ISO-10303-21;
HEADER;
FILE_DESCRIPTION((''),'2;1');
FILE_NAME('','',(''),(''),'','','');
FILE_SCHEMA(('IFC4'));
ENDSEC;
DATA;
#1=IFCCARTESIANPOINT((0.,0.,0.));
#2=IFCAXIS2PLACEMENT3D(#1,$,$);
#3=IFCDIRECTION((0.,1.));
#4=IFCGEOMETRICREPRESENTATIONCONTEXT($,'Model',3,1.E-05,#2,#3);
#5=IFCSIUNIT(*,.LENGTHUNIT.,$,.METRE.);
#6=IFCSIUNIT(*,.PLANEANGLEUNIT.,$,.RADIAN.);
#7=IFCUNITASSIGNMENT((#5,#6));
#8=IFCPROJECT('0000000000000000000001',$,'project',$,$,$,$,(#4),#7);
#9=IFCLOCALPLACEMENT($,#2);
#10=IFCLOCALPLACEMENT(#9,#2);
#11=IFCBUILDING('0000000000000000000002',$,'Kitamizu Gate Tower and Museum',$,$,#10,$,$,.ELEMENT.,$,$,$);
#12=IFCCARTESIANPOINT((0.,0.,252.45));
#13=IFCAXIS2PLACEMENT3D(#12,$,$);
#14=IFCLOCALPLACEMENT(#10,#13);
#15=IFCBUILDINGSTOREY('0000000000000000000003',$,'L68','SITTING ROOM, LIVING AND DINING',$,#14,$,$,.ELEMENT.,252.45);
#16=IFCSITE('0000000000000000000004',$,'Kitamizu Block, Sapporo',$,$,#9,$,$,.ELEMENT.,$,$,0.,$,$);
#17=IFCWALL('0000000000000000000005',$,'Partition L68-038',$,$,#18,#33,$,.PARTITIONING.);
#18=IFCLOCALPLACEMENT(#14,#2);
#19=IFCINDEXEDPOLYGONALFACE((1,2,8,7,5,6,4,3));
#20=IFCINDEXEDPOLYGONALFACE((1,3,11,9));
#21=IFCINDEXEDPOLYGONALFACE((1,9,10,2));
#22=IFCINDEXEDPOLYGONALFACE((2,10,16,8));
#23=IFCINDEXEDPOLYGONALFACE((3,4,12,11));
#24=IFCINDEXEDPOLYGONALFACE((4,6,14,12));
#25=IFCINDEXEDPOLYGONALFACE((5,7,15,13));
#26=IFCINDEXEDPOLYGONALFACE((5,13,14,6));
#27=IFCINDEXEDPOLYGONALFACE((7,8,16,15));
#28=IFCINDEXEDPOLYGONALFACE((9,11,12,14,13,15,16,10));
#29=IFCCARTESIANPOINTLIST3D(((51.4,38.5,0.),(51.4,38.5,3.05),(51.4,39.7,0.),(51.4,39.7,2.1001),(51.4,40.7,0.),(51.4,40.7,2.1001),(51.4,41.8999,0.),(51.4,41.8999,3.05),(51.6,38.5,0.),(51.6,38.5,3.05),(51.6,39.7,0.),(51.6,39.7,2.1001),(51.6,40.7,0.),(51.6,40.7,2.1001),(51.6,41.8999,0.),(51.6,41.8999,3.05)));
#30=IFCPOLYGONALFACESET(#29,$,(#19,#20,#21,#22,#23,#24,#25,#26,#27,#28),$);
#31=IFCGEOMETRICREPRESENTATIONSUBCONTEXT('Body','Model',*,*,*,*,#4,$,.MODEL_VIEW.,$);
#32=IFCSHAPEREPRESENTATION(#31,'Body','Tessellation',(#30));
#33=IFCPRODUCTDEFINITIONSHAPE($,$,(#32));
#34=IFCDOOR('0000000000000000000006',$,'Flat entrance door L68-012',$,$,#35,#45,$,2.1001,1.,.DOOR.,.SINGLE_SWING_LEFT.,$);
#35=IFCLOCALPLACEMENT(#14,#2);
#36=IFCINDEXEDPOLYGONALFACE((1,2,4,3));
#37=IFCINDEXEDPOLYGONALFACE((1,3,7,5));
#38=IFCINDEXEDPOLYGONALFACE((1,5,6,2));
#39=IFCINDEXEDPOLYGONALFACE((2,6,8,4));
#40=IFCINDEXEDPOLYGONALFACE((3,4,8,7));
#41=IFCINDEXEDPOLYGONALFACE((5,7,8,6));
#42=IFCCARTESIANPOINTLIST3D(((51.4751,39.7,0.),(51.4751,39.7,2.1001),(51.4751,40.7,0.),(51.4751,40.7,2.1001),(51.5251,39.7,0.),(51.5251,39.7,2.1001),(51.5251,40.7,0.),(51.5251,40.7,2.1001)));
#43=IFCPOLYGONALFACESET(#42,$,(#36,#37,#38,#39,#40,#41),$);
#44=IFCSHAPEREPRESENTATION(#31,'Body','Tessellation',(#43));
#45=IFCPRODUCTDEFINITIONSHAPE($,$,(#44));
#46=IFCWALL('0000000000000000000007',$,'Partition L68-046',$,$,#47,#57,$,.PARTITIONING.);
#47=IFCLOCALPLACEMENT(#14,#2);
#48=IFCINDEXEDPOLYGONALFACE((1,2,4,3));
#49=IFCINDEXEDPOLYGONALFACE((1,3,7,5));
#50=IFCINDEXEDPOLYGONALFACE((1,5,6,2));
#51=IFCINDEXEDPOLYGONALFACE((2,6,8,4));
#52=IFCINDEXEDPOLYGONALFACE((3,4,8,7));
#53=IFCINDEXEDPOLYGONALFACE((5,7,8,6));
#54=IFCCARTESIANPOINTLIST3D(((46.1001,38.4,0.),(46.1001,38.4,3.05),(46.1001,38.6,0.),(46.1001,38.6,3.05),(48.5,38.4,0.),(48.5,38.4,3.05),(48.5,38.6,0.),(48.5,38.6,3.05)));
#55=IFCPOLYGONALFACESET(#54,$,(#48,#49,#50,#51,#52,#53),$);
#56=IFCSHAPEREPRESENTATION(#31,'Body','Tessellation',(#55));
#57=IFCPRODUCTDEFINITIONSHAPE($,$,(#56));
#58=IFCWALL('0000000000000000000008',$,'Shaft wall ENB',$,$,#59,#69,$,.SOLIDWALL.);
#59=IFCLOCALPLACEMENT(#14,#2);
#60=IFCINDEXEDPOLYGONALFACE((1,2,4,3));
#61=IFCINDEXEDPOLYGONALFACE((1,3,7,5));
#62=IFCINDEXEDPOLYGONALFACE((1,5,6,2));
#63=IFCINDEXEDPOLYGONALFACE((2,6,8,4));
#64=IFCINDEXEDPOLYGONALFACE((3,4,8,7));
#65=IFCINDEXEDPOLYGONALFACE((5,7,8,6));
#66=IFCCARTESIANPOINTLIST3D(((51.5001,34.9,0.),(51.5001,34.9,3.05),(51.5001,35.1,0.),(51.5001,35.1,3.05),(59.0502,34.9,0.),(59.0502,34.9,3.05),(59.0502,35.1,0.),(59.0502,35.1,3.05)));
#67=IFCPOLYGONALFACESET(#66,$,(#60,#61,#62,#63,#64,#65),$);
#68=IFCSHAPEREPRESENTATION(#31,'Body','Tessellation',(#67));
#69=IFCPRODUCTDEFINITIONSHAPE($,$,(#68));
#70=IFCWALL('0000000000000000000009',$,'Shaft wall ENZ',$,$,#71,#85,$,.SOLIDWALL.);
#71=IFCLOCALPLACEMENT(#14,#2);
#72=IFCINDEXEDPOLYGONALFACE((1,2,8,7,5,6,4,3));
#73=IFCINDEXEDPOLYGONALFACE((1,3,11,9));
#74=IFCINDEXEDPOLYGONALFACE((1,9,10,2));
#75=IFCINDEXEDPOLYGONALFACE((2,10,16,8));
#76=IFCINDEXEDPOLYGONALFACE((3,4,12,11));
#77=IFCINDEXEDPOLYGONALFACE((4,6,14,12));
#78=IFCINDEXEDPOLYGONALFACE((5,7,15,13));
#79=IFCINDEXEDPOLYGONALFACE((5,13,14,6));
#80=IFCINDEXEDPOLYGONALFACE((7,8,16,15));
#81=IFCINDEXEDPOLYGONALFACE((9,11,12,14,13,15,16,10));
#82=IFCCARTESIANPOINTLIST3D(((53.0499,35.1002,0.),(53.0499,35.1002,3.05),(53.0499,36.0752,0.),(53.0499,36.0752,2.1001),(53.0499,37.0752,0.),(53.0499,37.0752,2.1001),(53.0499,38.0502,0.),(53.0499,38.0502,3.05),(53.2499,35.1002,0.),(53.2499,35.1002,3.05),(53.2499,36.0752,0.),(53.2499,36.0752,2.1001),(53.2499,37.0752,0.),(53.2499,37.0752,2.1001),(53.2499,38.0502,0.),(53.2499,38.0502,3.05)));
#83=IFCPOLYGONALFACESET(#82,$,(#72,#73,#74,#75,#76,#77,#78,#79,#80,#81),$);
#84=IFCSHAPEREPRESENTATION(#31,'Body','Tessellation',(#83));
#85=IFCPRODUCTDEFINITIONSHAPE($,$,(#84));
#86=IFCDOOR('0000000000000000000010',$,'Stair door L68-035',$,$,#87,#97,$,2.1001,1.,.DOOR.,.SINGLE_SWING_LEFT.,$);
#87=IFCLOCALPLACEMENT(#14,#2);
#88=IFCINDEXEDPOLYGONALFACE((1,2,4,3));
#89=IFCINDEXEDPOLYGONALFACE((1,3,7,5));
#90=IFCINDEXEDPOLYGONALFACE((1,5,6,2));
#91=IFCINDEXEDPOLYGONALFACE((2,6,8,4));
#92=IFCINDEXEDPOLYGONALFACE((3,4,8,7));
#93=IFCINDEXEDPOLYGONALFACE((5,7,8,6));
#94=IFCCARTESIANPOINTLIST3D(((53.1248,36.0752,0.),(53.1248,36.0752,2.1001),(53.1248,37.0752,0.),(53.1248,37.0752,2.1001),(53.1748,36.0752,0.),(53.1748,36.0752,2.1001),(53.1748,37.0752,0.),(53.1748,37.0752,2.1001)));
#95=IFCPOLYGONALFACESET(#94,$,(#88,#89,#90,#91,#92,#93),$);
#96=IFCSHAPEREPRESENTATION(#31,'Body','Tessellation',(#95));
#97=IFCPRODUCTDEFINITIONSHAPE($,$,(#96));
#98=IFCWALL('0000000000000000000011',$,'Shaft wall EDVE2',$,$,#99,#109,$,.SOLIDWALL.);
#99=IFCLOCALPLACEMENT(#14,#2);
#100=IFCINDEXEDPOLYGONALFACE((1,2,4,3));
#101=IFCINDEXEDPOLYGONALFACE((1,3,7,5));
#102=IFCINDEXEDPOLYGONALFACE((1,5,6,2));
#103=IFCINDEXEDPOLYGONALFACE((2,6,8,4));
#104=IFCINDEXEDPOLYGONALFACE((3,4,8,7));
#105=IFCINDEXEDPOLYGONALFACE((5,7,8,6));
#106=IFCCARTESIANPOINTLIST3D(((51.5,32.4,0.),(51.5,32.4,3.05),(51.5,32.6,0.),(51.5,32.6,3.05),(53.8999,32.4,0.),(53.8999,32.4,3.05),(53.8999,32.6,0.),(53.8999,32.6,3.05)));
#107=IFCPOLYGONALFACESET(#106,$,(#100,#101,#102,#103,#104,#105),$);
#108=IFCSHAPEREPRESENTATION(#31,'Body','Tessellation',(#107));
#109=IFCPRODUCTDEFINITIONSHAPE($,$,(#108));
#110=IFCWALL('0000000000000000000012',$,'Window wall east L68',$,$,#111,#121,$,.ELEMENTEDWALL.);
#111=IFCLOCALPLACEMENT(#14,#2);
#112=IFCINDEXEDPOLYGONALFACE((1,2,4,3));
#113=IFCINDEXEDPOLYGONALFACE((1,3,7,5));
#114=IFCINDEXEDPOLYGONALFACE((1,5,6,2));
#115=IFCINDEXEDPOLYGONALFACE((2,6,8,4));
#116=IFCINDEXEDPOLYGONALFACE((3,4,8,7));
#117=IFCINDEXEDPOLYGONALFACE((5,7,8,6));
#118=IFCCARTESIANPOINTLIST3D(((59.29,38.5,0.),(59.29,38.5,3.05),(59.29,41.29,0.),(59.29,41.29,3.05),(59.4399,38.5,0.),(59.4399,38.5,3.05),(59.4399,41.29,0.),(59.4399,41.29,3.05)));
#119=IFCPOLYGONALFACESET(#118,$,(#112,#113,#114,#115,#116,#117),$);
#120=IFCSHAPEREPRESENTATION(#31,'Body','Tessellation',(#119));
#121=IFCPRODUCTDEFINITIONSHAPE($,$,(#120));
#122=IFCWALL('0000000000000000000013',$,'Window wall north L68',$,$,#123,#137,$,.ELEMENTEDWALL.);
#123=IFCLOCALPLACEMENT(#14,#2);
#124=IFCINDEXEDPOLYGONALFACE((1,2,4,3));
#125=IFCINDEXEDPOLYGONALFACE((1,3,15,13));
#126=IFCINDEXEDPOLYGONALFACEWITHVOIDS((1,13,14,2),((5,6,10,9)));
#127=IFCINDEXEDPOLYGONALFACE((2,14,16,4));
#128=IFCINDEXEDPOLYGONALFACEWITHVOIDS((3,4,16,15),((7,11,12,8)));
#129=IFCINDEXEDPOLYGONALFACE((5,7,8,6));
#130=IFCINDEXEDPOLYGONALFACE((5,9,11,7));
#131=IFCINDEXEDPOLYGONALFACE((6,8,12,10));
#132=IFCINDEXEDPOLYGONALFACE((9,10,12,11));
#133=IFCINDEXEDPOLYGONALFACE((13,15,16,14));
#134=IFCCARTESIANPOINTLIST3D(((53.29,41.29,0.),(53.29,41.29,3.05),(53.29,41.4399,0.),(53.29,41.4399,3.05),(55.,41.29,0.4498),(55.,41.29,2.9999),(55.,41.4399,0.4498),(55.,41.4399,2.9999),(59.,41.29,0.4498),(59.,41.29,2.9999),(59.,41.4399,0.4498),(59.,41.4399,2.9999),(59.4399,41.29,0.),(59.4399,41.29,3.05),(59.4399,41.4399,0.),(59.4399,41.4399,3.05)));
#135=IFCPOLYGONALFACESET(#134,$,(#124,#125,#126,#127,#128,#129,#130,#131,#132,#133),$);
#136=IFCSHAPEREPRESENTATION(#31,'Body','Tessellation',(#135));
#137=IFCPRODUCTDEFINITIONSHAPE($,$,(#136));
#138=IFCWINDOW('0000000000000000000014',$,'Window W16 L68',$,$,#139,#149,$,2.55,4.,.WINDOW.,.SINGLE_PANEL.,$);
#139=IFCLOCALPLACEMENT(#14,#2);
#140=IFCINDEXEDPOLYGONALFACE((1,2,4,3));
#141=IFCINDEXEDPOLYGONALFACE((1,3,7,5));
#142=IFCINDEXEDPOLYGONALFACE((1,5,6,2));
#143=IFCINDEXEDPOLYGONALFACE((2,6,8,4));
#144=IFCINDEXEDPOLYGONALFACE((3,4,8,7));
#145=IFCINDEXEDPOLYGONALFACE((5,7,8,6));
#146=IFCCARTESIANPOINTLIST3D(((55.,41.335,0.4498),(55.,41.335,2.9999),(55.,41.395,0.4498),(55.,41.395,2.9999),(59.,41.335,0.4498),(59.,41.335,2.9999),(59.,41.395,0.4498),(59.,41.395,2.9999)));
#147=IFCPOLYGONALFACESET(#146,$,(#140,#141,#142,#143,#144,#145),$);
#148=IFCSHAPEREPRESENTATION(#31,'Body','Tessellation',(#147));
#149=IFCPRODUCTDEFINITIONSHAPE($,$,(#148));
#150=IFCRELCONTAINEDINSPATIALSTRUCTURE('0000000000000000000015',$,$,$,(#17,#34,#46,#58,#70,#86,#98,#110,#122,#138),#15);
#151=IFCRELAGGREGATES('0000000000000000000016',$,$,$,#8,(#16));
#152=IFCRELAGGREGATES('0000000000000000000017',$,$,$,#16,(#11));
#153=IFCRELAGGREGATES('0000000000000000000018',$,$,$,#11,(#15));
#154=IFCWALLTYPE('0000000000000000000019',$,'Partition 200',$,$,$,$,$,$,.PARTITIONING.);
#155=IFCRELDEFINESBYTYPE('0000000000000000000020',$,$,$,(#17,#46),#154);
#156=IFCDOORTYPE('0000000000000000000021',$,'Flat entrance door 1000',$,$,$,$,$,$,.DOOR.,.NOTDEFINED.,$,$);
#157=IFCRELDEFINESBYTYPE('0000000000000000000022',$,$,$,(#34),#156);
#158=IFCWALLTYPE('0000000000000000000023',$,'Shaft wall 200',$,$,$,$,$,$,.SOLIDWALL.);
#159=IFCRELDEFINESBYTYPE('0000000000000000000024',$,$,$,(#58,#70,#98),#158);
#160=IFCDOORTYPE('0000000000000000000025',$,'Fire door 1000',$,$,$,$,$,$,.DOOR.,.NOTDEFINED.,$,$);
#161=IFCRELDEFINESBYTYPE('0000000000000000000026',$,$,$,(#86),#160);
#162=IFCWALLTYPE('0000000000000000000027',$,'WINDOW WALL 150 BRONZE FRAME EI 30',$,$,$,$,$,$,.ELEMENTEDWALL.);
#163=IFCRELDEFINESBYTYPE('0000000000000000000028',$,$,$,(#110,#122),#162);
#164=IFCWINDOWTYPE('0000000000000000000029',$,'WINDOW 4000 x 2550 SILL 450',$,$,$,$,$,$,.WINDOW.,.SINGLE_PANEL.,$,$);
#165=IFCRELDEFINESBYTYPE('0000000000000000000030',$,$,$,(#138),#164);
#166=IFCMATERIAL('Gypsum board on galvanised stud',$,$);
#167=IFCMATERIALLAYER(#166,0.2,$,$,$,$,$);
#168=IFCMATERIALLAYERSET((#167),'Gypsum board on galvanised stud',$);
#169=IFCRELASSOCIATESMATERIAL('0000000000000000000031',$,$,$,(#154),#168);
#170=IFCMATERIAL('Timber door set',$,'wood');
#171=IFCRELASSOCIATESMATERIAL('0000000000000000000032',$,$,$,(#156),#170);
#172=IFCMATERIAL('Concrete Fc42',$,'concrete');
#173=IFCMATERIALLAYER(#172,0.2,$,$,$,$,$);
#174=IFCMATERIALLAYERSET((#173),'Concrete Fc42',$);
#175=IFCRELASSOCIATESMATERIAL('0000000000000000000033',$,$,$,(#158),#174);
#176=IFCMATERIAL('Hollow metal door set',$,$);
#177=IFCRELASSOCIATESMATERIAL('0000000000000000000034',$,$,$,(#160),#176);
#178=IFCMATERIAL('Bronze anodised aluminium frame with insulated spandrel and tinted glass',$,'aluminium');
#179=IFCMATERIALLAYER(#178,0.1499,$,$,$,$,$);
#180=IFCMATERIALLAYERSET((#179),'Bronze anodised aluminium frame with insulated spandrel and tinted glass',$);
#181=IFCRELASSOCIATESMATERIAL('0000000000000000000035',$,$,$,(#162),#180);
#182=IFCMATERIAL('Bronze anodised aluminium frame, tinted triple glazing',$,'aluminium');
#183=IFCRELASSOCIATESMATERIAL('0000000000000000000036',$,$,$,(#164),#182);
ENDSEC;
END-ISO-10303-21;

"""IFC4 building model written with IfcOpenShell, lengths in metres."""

from ifc_helpers import new_model, si_unit, direction, frame, frame_2d, origin, place, context, subcontext, project, spatial, rectangle, extrude, material, layer, layer_set, type_object, element, fill, save


model = new_model("IFC4")

# Units and contexts
model_context = context("Model", 3, precision=1e-05, world=origin(), true_north=direction((0.0, 1.0)))
body_context = subcontext(model_context, "Body", "Model", "MODEL_VIEW")
ifc_project = project(units=[si_unit("LENGTHUNIT", "METRE"), si_unit("PLANEANGLEUNIT", "RADIAN")], contexts=[model_context])

# Site, building, storey
site_placement = place(None, origin())
site = spatial("IfcSite", under=ifc_project, at=site_placement, Name="Kitamizu Block, Sapporo", CompositionType="ELEMENT", RefElevation=0.0)
building_placement = place(site_placement, origin())
building = spatial("IfcBuilding", under=site, at=building_placement, Name="Kitamizu Gate Tower and Museum", CompositionType="ELEMENT")
storey_placement = place(building_placement, frame((0.0, 0.0, 252.45)))
storey = spatial("IfcBuildingStorey", under=building, at=storey_placement, Name="L68", Description="SITTING ROOM, LIVING AND DINING", CompositionType="ELEMENT", Elevation=252.45)

# Shared definitions
ifc_material_1 = material(Name="Gypsum board on galvanised stud")
ifc_layer_1 = layer(ifc_material_1, 0.2)
ifc_layer_set_1 = layer_set([ifc_layer_1], Name="Gypsum board on galvanised stud")
wall_type_1 = type_object("IfcWallType", Name="Partition 200", PredefinedType="PARTITIONING", material=ifc_layer_set_1)

# Wall, opening, door
wall_1_placement = place(storey_placement, frame((51.5, 41.8999, 0.0), z_axis=(0.0, 0.0, 1.0), x_axis=(0.0, -1.0, 0.0)))
wall_1 = element("IfcWall", 1, at=wall_1_placement, inside=storey, type_object=wall_type_1, Name="Partition L68-038", PredefinedType="PARTITIONING", context=body_context, shape_type="SweptSolid", body=[
    extrude(rectangle(XDim=3.3999, YDim=0.2, at=frame_2d((1.7, 0.0))), origin(), (0.0, 0.0, 1.0), 3.05),
])
opening_1_placement = place(wall_1_placement, frame((1.2, 0.0, 0.0)))
opening_1 = element("IfcOpeningElement", 2, at=opening_1_placement, cuts=wall_1, PredefinedType="OPENING", context=body_context, shape_type="SweptSolid", body=[
    extrude(rectangle(XDim=1.0, YDim=2.1001, at=frame_2d((0.5, 1.05))), frame((0.0, 0.1099, 0.0), z_axis=(0.0, -1.0, 0.0), x_axis=(1.0, 0.0, 0.0)), (0.0, 0.0, 1.0), 0.22),
])
ifc_material_2 = material(Name="Timber door set", Category="wood")
door_type_1 = type_object("IfcDoorType", Name="Flat entrance door 1000", OperationType="NOTDEFINED", PredefinedType="DOOR", material=ifc_material_2)
door_1_placement = place(opening_1_placement, frame((1.0, 0.0, 0.0), x_axis=(-1.0, 0.0, 0.0)))
door_1 = element("IfcDoor", 3, at=door_1_placement, inside=storey, type_object=door_type_1, Name="Flat entrance door L68-012", OperationType="SINGLE_SWING_LEFT", OverallHeight=2.1001, OverallWidth=1.0, PredefinedType="DOOR", context=body_context, shape_type="SweptSolid", body=[
    extrude(rectangle(XDim=1.0, YDim=2.1001, at=frame_2d((0.5, 1.05))), frame((0.0, 0.0249, 0.0), z_axis=(0.0, -1.0, 0.0), x_axis=(1.0, 0.0, 0.0)), (0.0, 0.0, 1.0), 0.05),
])
fill(opening_1, door_1)

# Walls
wall_2_placement = place(storey_placement, frame((48.5, 38.5, 0.0), z_axis=(0.0, 0.0, 1.0), x_axis=(-1.0, 0.0, 0.0)))
element("IfcWall", 4, at=wall_2_placement, inside=storey, type_object=wall_type_1, Name="Partition L68-046", PredefinedType="PARTITIONING", context=body_context, shape_type="SweptSolid", body=[
    extrude(rectangle(XDim=2.3999, YDim=0.2, at=frame_2d((1.2, 0.0))), origin(), (0.0, 0.0, 1.0), 3.05),
])
ifc_material_3 = material(Name="Concrete Fc42", Category="concrete")
ifc_layer_2 = layer(ifc_material_3, 0.2)
ifc_layer_set_2 = layer_set([ifc_layer_2], Name="Concrete Fc42")
wall_type_2 = type_object("IfcWallType", Name="Shaft wall 200", PredefinedType="SOLIDWALL", material=ifc_layer_set_2)
wall_3_placement = place(storey_placement, frame((59.05, 35.0, 0.0), z_axis=(0.0, 0.0, 1.0), x_axis=(-1.0, 0.0, 0.0)))
element("IfcWall", 5, at=wall_3_placement, inside=storey, type_object=wall_type_2, Name="Shaft wall ENB", PredefinedType="SOLIDWALL", context=body_context, shape_type="SweptSolid", body=[
    extrude(rectangle(XDim=7.55, YDim=0.2, at=frame_2d((3.7749, 0.0))), origin(), (0.0, 0.0, 1.0), 3.05),
])

# Wall, opening, door
wall_4_placement = place(storey_placement, frame((53.1499, 35.1001, 0.0), z_axis=(0.0, 0.0, 1.0), x_axis=(0.0, 1.0, 0.0)))
wall_4 = element("IfcWall", 6, at=wall_4_placement, inside=storey, type_object=wall_type_2, Name="Shaft wall ENZ", PredefinedType="SOLIDWALL", context=body_context, shape_type="SweptSolid", body=[
    extrude(rectangle(XDim=2.95, YDim=0.2, at=frame_2d((1.4751, 0.0))), origin(), (0.0, 0.0, 1.0), 3.05),
])
opening_2_placement = place(wall_4_placement, frame((0.9751, 0.0, 0.0)))
opening_2 = element("IfcOpeningElement", 7, at=opening_2_placement, cuts=wall_4, PredefinedType="OPENING", context=body_context, shape_type="SweptSolid", body=[
    extrude(rectangle(XDim=1.0, YDim=2.1001, at=frame_2d((0.5, 1.05))), frame((0.0, 0.1099, 0.0), z_axis=(0.0, -1.0, 0.0), x_axis=(1.0, 0.0, 0.0)), (0.0, 0.0, 1.0), 0.22),
])
ifc_material_4 = material(Name="Hollow metal door set")
door_type_2 = type_object("IfcDoorType", Name="Fire door 1000", OperationType="NOTDEFINED", PredefinedType="DOOR", material=ifc_material_4)
door_2_placement = place(opening_2_placement, frame((1.0, 0.0, 0.0), x_axis=(-1.0, 0.0, 0.0)))
door_2 = element("IfcDoor", 8, at=door_2_placement, inside=storey, type_object=door_type_2, Name="Stair door L68-035", OperationType="SINGLE_SWING_LEFT", OverallHeight=2.1001, OverallWidth=1.0, PredefinedType="DOOR", context=body_context, shape_type="SweptSolid", body=[
    extrude(rectangle(XDim=1.0, YDim=2.1001, at=frame_2d((0.5, 1.05))), frame((0.0, 0.0249, 0.0), z_axis=(0.0, -1.0, 0.0), x_axis=(1.0, 0.0, 0.0)), (0.0, 0.0, 1.0), 0.05),
])
fill(opening_2, door_2)

# Walls
wall_5_placement = place(storey_placement, frame((53.8999, 32.5, 0.0), z_axis=(0.0, 0.0, 1.0), x_axis=(-1.0, 0.0, 0.0)))
element("IfcWall", 9, at=wall_5_placement, inside=storey, type_object=wall_type_2, Name="Shaft wall EDVE2", PredefinedType="SOLIDWALL", context=body_context, shape_type="SweptSolid", body=[
    extrude(rectangle(XDim=2.3999, YDim=0.2, at=frame_2d((1.2, 0.0))), origin(), (0.0, 0.0, 1.0), 3.05),
])
ifc_material_5 = material(Name="Bronze anodised aluminium frame with insulated spandrel and tinted glass", Category="aluminium")
ifc_layer_3 = layer(ifc_material_5, 0.1499)
ifc_layer_set_3 = layer_set([ifc_layer_3], Name="Bronze anodised aluminium frame with insulated spandrel and tinted glass")
wall_type_3 = type_object("IfcWallType", Name="WINDOW WALL 150 BRONZE FRAME EI 30", PredefinedType="ELEMENTEDWALL", material=ifc_layer_set_3)
wall_6_placement = place(storey_placement, frame((59.365, 38.5, 0.0), z_axis=(0.0, 0.0, 1.0), x_axis=(0.0, 1.0, 0.0)))
element("IfcWall", 10, at=wall_6_placement, inside=storey, type_object=wall_type_3, Name="Window wall east L68", PredefinedType="ELEMENTEDWALL", context=body_context, shape_type="SweptSolid", body=[
    extrude(rectangle(XDim=2.79, YDim=0.1499, at=frame_2d((1.395, 0.0))), origin(), (0.0, 0.0, 1.0), 3.05),
])

# Wall, opening, window
wall_7_placement = place(storey_placement, frame((53.29, 41.365, 0.0), z_axis=(0.0, 0.0, 1.0), x_axis=(1.0, 0.0, 0.0)))
wall_7 = element("IfcWall", 11, at=wall_7_placement, inside=storey, type_object=wall_type_3, Name="Window wall north L68", PredefinedType="ELEMENTEDWALL", context=body_context, shape_type="SweptSolid", body=[
    extrude(rectangle(XDim=6.1499, YDim=0.1499, at=frame_2d((3.075, 0.0))), origin(), (0.0, 0.0, 1.0), 3.05),
])
opening_3_placement = place(wall_7_placement, frame((1.71, 0.0, 0.45)))
opening_3 = element("IfcOpeningElement", 12, at=opening_3_placement, cuts=wall_7, PredefinedType="OPENING", context=body_context, shape_type="SweptSolid", body=[
    extrude(rectangle(XDim=4.0, YDim=2.55, at=frame_2d((2.0, 1.2749))), frame((0.0, 0.085, 0.0), z_axis=(0.0, -1.0, 0.0), x_axis=(1.0, 0.0, 0.0)), (0.0, 0.0, 1.0), 0.1699),
])
ifc_material_6 = material(Name="Bronze anodised aluminium frame, tinted triple glazing", Category="aluminium")
window_type = type_object("IfcWindowType", Name="WINDOW 4000 x 2550 SILL 450", PartitioningType="SINGLE_PANEL", PredefinedType="WINDOW", material=ifc_material_6)
window_1_placement = place(opening_3_placement, origin())
window_1 = element("IfcWindow", 13, at=window_1_placement, inside=storey, type_object=window_type, Name="Window W16 L68", OverallHeight=2.55, OverallWidth=4.0, PartitioningType="SINGLE_PANEL", PredefinedType="WINDOW", context=body_context, shape_type="SweptSolid", body=[
    extrude(rectangle(XDim=4.0, YDim=2.55, at=frame_2d((2.0, 1.2749))), frame((0.0, 0.03, 0.0), z_axis=(0.0, -1.0, 0.0), x_axis=(1.0, 0.0, 0.0)), (0.0, 0.0, 1.0), 0.0601),
])
fill(opening_3, window_1)

save(model, "model.ifc")
